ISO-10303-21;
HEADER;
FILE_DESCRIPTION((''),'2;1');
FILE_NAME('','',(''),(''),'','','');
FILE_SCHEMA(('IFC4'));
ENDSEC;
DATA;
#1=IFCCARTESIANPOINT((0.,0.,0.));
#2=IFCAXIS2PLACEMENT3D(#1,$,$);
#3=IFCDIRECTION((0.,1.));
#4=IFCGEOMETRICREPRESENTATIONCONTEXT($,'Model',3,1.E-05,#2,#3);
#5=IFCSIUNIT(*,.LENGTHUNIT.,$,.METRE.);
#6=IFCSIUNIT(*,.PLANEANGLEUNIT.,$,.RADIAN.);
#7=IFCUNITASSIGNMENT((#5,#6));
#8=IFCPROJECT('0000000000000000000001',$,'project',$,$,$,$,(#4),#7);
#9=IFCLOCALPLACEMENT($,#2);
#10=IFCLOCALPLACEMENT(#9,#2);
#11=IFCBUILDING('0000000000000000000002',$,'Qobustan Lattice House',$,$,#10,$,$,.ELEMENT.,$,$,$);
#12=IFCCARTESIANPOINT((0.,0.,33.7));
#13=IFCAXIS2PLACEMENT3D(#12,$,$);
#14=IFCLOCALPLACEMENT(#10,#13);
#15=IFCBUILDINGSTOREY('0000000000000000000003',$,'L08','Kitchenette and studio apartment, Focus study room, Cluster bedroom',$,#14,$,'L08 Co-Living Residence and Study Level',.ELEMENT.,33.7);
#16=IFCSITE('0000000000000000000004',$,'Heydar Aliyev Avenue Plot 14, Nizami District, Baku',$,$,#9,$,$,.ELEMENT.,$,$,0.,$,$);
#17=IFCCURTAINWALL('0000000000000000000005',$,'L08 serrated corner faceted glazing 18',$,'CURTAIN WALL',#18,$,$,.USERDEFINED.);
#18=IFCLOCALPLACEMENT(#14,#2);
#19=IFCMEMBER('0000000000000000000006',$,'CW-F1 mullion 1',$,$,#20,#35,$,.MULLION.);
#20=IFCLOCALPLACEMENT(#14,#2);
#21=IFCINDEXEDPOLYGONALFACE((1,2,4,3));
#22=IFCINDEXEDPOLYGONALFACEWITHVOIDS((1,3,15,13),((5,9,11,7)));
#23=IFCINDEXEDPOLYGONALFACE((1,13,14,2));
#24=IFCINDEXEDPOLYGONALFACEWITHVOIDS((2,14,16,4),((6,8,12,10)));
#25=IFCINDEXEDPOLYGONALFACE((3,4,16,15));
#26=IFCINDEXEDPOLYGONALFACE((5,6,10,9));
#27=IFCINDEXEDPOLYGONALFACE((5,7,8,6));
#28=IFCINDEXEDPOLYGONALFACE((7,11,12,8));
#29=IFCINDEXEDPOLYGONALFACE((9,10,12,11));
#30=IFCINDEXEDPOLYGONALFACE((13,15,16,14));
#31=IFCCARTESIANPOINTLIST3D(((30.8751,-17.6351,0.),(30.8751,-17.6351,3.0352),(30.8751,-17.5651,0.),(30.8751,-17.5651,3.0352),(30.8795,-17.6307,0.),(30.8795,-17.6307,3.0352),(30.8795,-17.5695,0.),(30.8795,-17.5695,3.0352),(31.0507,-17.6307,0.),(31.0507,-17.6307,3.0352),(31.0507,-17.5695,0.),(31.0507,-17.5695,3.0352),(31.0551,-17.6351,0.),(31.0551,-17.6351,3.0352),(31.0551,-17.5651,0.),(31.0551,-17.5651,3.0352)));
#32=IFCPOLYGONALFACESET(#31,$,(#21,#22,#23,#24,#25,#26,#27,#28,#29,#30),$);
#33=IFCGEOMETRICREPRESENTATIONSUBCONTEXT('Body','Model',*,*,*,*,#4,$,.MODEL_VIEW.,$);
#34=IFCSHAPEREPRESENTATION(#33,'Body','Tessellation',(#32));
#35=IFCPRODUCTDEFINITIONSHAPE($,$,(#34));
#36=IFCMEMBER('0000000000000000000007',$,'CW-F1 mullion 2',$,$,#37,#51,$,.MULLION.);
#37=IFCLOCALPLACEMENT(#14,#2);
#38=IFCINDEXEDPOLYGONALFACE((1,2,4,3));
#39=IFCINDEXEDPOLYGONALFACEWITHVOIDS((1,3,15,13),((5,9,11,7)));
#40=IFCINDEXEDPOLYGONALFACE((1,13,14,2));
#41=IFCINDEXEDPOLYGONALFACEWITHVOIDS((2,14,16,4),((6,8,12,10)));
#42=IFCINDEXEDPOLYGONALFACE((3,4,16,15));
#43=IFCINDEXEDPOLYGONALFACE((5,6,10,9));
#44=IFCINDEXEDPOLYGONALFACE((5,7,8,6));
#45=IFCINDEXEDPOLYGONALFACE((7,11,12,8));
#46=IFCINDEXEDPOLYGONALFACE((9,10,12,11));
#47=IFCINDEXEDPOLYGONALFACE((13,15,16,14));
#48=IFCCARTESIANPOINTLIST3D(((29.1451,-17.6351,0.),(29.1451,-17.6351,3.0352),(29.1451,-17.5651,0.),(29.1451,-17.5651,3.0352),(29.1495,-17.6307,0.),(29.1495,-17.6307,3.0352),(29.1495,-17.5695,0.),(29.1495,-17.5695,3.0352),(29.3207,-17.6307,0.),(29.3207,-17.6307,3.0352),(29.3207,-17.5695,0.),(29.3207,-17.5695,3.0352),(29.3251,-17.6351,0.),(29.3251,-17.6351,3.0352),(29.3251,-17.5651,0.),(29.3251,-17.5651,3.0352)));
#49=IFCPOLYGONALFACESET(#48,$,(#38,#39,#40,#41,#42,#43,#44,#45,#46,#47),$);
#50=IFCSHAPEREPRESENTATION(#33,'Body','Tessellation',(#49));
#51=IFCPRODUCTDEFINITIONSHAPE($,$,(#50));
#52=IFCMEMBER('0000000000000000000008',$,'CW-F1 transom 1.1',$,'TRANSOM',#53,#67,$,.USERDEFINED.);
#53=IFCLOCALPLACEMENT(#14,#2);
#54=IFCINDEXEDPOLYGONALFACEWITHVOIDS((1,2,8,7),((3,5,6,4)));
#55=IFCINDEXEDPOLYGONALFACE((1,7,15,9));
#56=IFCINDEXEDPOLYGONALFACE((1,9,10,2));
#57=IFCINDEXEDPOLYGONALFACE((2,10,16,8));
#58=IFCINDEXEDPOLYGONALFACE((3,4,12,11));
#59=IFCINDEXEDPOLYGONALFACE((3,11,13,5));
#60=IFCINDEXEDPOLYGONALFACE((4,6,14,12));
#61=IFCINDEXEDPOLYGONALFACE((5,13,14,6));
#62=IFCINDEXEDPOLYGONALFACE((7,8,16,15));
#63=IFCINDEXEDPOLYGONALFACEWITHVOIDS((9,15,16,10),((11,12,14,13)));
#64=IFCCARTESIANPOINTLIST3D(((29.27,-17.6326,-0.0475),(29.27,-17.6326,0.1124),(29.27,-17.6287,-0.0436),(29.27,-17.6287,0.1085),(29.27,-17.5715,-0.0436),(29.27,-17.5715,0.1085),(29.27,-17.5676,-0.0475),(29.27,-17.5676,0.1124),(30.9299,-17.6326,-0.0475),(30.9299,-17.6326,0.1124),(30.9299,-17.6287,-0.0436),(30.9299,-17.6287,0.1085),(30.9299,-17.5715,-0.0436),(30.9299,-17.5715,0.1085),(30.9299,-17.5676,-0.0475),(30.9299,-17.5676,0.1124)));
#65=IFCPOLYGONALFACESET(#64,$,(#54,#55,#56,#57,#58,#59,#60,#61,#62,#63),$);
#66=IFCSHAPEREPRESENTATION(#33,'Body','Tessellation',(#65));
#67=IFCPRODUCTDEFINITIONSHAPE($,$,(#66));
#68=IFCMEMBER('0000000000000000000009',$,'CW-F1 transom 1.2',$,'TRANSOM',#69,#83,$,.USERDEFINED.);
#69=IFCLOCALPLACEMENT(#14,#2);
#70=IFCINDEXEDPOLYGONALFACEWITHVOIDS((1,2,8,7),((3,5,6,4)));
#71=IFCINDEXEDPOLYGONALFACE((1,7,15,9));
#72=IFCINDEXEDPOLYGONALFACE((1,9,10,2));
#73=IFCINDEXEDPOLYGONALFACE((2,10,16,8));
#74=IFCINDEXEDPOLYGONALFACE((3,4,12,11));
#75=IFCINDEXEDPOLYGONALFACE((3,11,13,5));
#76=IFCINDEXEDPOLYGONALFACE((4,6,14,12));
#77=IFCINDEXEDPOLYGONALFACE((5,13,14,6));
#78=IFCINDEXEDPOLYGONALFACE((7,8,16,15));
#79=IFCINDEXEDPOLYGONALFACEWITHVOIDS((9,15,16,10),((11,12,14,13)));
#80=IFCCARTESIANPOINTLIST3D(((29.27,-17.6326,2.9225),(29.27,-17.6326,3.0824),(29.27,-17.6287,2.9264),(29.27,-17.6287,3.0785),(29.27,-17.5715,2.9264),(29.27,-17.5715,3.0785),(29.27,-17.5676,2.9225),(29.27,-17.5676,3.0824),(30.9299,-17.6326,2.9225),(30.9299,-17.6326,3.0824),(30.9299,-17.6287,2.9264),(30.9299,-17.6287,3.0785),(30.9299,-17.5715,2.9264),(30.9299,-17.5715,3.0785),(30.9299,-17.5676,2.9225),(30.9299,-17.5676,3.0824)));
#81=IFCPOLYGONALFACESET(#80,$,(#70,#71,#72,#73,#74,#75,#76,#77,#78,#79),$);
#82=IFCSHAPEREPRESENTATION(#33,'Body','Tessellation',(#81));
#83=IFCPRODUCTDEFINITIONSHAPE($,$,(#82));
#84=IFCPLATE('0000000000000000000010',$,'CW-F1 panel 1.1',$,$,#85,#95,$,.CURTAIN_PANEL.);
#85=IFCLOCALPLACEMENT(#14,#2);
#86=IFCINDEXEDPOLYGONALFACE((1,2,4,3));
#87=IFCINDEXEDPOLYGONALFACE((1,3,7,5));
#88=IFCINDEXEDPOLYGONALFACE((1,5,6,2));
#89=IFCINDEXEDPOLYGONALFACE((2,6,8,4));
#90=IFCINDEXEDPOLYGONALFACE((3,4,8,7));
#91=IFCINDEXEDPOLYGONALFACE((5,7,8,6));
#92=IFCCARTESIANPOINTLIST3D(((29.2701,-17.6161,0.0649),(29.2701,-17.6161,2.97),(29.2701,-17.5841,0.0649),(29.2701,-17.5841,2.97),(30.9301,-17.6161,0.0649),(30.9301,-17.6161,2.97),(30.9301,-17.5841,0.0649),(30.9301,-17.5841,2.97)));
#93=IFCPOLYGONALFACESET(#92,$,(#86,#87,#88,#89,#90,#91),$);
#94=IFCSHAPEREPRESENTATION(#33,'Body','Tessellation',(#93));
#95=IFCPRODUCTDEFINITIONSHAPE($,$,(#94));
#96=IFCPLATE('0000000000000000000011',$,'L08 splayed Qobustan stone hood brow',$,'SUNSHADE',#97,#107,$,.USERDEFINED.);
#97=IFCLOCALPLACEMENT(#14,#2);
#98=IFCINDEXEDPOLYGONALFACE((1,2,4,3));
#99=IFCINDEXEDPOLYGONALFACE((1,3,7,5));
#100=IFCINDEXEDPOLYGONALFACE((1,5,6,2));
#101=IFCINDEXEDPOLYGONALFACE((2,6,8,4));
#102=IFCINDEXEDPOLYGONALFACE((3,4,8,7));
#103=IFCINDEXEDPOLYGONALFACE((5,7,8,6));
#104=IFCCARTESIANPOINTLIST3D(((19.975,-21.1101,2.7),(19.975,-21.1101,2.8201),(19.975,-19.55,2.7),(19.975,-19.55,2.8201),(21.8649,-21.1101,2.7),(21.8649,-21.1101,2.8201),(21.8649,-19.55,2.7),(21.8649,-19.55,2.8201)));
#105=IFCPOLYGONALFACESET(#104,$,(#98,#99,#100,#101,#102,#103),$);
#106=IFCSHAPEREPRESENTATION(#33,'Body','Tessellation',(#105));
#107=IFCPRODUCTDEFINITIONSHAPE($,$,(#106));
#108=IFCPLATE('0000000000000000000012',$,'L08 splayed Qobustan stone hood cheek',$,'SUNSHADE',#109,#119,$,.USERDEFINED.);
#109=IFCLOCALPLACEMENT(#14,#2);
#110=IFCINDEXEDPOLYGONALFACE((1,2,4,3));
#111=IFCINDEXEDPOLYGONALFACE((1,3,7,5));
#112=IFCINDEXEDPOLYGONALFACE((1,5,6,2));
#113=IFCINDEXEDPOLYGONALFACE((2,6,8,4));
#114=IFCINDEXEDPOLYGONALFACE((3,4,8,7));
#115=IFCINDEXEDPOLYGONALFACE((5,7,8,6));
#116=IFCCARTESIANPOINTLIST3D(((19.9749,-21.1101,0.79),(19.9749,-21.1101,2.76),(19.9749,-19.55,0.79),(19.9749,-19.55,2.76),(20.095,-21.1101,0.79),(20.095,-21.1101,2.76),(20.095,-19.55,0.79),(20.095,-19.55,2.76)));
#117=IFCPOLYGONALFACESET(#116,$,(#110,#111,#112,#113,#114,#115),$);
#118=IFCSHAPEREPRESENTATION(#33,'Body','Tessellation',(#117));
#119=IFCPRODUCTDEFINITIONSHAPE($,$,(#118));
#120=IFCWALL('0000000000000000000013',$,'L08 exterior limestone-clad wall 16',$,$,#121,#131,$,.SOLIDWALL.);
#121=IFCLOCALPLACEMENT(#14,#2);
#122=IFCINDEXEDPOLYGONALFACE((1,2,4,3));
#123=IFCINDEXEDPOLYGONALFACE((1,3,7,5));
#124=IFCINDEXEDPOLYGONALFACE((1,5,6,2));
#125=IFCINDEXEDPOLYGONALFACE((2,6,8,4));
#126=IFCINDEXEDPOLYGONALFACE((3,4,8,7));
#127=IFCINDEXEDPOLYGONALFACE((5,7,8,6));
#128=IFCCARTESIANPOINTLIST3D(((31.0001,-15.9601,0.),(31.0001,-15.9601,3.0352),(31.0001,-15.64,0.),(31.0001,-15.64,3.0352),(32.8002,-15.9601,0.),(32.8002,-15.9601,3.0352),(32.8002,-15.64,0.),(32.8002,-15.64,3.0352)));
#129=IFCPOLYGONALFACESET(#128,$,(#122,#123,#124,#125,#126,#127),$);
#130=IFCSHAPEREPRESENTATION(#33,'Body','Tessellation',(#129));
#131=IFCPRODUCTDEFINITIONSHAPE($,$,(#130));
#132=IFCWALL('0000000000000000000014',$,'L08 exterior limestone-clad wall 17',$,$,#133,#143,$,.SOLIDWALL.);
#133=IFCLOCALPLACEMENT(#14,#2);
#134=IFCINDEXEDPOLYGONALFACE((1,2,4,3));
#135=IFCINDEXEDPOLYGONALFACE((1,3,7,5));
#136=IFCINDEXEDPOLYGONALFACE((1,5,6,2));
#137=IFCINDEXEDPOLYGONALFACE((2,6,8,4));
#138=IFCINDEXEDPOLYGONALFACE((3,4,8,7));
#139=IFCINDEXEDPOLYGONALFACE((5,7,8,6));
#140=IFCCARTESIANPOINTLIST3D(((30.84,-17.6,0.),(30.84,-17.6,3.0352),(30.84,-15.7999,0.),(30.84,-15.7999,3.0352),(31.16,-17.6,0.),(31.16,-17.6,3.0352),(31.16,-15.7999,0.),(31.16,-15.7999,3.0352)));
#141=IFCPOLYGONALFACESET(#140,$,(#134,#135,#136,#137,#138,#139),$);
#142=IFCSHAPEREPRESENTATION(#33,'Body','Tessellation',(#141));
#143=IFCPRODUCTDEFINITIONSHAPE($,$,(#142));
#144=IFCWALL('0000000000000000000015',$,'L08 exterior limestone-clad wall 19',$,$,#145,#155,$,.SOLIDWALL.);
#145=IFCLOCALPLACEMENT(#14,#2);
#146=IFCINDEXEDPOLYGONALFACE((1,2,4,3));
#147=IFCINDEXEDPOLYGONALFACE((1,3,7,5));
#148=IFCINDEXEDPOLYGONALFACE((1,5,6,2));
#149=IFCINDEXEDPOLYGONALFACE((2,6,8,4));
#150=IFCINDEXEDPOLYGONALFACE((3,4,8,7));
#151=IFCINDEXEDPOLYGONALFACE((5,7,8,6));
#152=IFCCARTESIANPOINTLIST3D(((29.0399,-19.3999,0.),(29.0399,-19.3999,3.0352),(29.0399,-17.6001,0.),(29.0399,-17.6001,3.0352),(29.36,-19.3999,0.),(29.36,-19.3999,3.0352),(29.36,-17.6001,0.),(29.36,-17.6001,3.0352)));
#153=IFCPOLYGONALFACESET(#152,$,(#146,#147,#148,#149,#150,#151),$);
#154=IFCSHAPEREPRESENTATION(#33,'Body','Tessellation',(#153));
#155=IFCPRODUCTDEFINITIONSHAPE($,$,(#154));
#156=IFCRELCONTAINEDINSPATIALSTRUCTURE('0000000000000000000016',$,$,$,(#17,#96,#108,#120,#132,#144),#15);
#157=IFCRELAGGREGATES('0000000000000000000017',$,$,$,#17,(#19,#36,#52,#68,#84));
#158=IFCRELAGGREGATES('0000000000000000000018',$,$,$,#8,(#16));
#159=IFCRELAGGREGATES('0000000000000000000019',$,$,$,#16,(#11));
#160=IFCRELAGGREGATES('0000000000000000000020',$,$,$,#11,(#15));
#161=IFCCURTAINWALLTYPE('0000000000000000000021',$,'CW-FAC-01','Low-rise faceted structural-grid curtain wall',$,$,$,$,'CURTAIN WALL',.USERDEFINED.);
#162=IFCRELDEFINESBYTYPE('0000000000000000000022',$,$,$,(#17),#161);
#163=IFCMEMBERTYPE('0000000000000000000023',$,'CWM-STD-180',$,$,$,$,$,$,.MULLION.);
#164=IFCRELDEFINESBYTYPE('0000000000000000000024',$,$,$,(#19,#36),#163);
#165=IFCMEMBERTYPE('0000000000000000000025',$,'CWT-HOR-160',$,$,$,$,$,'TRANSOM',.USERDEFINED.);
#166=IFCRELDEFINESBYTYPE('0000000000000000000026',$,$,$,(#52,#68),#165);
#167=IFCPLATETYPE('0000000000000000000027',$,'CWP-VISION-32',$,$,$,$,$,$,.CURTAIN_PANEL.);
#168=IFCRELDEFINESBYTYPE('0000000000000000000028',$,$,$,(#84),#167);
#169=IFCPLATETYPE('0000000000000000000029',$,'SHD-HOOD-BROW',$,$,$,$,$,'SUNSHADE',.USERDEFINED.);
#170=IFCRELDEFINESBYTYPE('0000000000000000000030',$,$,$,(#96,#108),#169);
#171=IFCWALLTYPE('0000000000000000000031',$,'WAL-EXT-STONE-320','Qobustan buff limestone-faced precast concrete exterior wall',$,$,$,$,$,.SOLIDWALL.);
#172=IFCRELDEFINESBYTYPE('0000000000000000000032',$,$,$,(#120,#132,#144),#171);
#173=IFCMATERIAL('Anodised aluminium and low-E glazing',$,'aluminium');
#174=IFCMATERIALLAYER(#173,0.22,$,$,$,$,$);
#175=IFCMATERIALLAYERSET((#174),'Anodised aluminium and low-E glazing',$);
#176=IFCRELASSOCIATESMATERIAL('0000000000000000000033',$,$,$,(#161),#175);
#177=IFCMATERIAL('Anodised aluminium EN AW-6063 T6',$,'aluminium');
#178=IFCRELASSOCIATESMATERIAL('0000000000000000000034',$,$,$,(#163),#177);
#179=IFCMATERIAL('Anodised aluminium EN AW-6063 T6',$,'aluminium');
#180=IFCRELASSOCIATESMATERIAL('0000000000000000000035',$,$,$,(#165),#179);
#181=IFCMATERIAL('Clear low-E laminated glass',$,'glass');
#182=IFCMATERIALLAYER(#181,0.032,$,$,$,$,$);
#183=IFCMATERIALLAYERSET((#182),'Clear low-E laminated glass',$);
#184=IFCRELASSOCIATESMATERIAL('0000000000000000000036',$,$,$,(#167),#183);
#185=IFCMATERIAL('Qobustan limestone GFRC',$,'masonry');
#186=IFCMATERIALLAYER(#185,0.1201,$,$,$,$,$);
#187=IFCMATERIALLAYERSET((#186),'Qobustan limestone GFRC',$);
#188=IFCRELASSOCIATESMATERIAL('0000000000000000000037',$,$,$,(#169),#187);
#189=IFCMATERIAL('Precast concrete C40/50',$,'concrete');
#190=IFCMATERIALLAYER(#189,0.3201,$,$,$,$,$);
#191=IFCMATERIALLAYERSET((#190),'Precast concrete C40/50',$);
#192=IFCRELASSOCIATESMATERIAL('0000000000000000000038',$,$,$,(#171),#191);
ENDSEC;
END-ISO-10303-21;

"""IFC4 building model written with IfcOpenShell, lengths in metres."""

from ifc_helpers import new_model, si_unit, direction, frame, frame_2d, origin, origin_2d, place, context, subcontext, project, spatial, rectangle, hollow_rectangle, extrude, material, layer, layer_set, material_profile, profile_set, type_object, element, aggregate, save


model = new_model("IFC4")

# Units and contexts
model_context = context("Model", 3, precision=1e-05, world=origin(), true_north=direction((0.0, 1.0)))
body_context = subcontext(model_context, "Body", "Model", "MODEL_VIEW")
ifc_project = project(units=[si_unit("LENGTHUNIT", "METRE"), si_unit("PLANEANGLEUNIT", "RADIAN")], contexts=[model_context])

# Site, building, storey
site_placement = place(None, origin())
site = spatial("IfcSite", under=ifc_project, at=site_placement, Name="Heydar Aliyev Avenue Plot 14, Nizami District, Baku", CompositionType="ELEMENT", RefElevation=0.0)
building_placement = place(site_placement, origin())
building = spatial("IfcBuilding", under=site, at=building_placement, Name="Qobustan Lattice House", CompositionType="ELEMENT")
storey_placement = place(building_placement, frame((0.0, 0.0, 33.7)))
storey = spatial("IfcBuildingStorey", under=building, at=storey_placement, Name="L08", Description="Kitchenette and studio apartment, Focus study room, Cluster bedroom", LongName="L08 Co-Living Residence and Study Level", CompositionType="ELEMENT", Elevation=33.7)

# Curtain wall, members, plate
ifc_material_1 = material(Name="Anodised aluminium and low-E glazing", Category="aluminium")
ifc_layer_1 = layer(ifc_material_1, 0.22)
ifc_layer_set_1 = layer_set([ifc_layer_1], Name="Anodised aluminium and low-E glazing")
curtain_wall_type = type_object("IfcCurtainWallType", Name="CW-FAC-01", Description="Low-rise faceted structural-grid curtain wall", ElementType="CURTAIN WALL", PredefinedType="USERDEFINED", material=ifc_layer_set_1)
curtain_wall_placement = place(storey_placement, origin())
curtain_wall = element("IfcCurtainWall", 1, at=curtain_wall_placement, inside=storey, type_object=curtain_wall_type, Name="L08 serrated corner faceted glazing 18", ObjectType="CURTAIN WALL", PredefinedType="USERDEFINED")
ifc_material_2 = material(Name="Anodised aluminium EN AW-6063 T6", Category="aluminium")
ifc_material_profile_1 = material_profile(ifc_material_2, hollow_rectangle(XDim=0.0701, YDim=0.1799, WallThickness=0.0044, at=origin_2d()), Name="CWM-180x70")
ifc_profile_set_1 = profile_set([ifc_material_profile_1], Name="Anodised aluminium EN AW-6063 T6")
member_type_1 = type_object("IfcMemberType", Name="CWM-STD-180", PredefinedType="MULLION", material=ifc_profile_set_1)
member_1_placement = place(storey_placement, frame((30.9651, -17.6001, 0.0), z_axis=(0.0, 0.0, 1.0), x_axis=(0.0, -1.0, 0.0)))
member_1 = element("IfcMember", 2, at=member_1_placement, type_object=member_type_1, Name="CW-F1 mullion 1", PredefinedType="MULLION", context=body_context, shape_type="SweptSolid", body=[
    extrude(hollow_rectangle(XDim=0.0701, YDim=0.1799, WallThickness=0.0044, at=origin_2d()), origin(), (0.0, 0.0, 1.0), 3.0352),
])
member_2_placement = place(storey_placement, frame((29.2351, -17.6001, 0.0), z_axis=(0.0, 0.0, 1.0), x_axis=(0.0, -1.0, 0.0)))
member_2 = element("IfcMember", 3, at=member_2_placement, type_object=member_type_1, Name="CW-F1 mullion 2", PredefinedType="MULLION", context=body_context, shape_type="SweptSolid", body=[
    extrude(hollow_rectangle(XDim=0.0701, YDim=0.1799, WallThickness=0.0044, at=origin_2d()), origin(), (0.0, 0.0, 1.0), 3.0352),
])
ifc_material_3 = material(Name="Anodised aluminium EN AW-6063 T6", Category="aluminium")
ifc_material_profile_2 = material_profile(ifc_material_3, hollow_rectangle(XDim=0.0649, YDim=0.1599, WallThickness=0.0039, at=origin_2d()), Name="CWT-160x65")
ifc_profile_set_2 = profile_set([ifc_material_profile_2], Name="Anodised aluminium EN AW-6063 T6")
member_type_2 = type_object("IfcMemberType", Name="CWT-HOR-160", ElementType="TRANSOM", PredefinedType="USERDEFINED", material=ifc_profile_set_2)
member_3_placement = place(storey_placement, frame((30.9299, -17.6001, 0.0325), z_axis=(-1.0, 0.0, 0.0), x_axis=(0.0, -1.0, 0.0)))
member_3 = element("IfcMember", 4, at=member_3_placement, type_object=member_type_2, Name="CW-F1 transom 1.1", ObjectType="TRANSOM", PredefinedType="USERDEFINED", context=body_context, shape_type="SweptSolid", body=[
    extrude(hollow_rectangle(XDim=0.0649, YDim=0.1599, WallThickness=0.0039, at=origin_2d()), origin(), (0.0, 0.0, 1.0), 1.6599),
])
member_4_placement = place(storey_placement, frame((30.9299, -17.6001, 3.0024), z_axis=(-1.0, 0.0, 0.0), x_axis=(0.0, -1.0, 0.0)))
member_4 = element("IfcMember", 5, at=member_4_placement, type_object=member_type_2, Name="CW-F1 transom 1.2", ObjectType="TRANSOM", PredefinedType="USERDEFINED", context=body_context, shape_type="SweptSolid", body=[
    extrude(hollow_rectangle(XDim=0.0649, YDim=0.1599, WallThickness=0.0039, at=origin_2d()), origin(), (0.0, 0.0, 1.0), 1.6599),
])
ifc_material_4 = material(Name="Clear low-E laminated glass", Category="glass")
ifc_layer_2 = layer(ifc_material_4, 0.032)
ifc_layer_set_2 = layer_set([ifc_layer_2], Name="Clear low-E laminated glass")
plate_type_1 = type_object("IfcPlateType", Name="CWP-VISION-32", PredefinedType="CURTAIN_PANEL", material=ifc_layer_set_2)
plate_1_placement = place(storey_placement, frame((30.1001, -17.6001, 0.0649), z_axis=(0.0, 0.0, 1.0), x_axis=(-1.0, 0.0, 0.0)))
plate_1 = element("IfcPlate", 6, at=plate_1_placement, type_object=plate_type_1, Name="CW-F1 panel 1.1", PredefinedType="CURTAIN_PANEL", context=body_context, shape_type="SweptSolid", body=[
    extrude(rectangle(XDim=1.6599, YDim=0.032, at=origin_2d()), origin(), (0.0, 0.0, 1.0), 2.905),
])
aggregate(curtain_wall, [member_1, member_2, member_3, member_4, plate_1])

# Plates
ifc_material_5 = material(Name="Qobustan limestone GFRC", Category="masonry")
ifc_layer_3 = layer(ifc_material_5, 0.1201)
ifc_layer_set_3 = layer_set([ifc_layer_3], Name="Qobustan limestone GFRC")
plate_type_2 = type_object("IfcPlateType", Name="SHD-HOOD-BROW", ElementType="SUNSHADE", PredefinedType="USERDEFINED", material=ifc_layer_set_3)
plate_2_placement = place(storey_placement, frame((20.9199, -20.3301, 2.7), z_axis=(0.0, 0.0, 1.0), x_axis=(-1.0, 0.0, 0.0)))
element("IfcPlate", 7, at=plate_2_placement, inside=storey, type_object=plate_type_2, Name="L08 splayed Qobustan stone hood brow", ObjectType="SUNSHADE", PredefinedType="USERDEFINED", context=body_context, shape_type="SweptSolid", body=[
    extrude(rectangle(XDim=1.8899, YDim=1.5601, at=origin_2d()), origin(), (0.0, 0.0, 1.0), 0.1201),
])
plate_3_placement = place(storey_placement, frame((20.0349, -20.3301, 0.79), z_axis=(0.0, 0.0, 1.0), x_axis=(-1.0, 0.0, 0.0)))
element("IfcPlate", 8, at=plate_3_placement, inside=storey, type_object=plate_type_2, Name="L08 splayed Qobustan stone hood cheek", ObjectType="SUNSHADE", PredefinedType="USERDEFINED", context=body_context, shape_type="SweptSolid", body=[
    extrude(rectangle(XDim=0.1201, YDim=1.5601, at=origin_2d()), origin(), (0.0, 0.0, 1.0), 1.97),
])

# Walls
ifc_material_6 = material(Name="Precast concrete C40/50", Category="concrete")
ifc_layer_4 = layer(ifc_material_6, 0.3201)
ifc_layer_set_4 = layer_set([ifc_layer_4], Name="Precast concrete C40/50")
wall_type = type_object("IfcWallType", Name="WAL-EXT-STONE-320", Description="Qobustan buff limestone-faced precast concrete exterior wall", PredefinedType="SOLIDWALL", material=ifc_layer_set_4)
for number, where, z_axis, x_axis, name in (
    (9, (32.8, -15.8, 0.0), (0.0, 0.0, 1.0), (-1.0, 0.0, 0.0), "L08 exterior limestone-clad wall 16"),
    (10, (31.0, -15.8, 0.0), (0.0, 0.0, 1.0), (0.0, -1.0, 0.0), "L08 exterior limestone-clad wall 17"),
):
    element("IfcWall", number, at=place(storey_placement, frame(where, z_axis=z_axis, x_axis=x_axis)), inside=storey, type_object=wall_type, Name=name, PredefinedType="SOLIDWALL", context=body_context, shape_type="SweptSolid", body=[
        extrude(rectangle(XDim=1.8, YDim=0.3201, at=frame_2d((0.8999, 0.0))), origin(), (0.0, 0.0, 1.0), 3.0352),
    ])
wall_1_placement = place(storey_placement, frame((29.2, -17.6001, 0.0), z_axis=(0.0, 0.0, 1.0), x_axis=(0.0, -1.0, 0.0)))
element("IfcWall", 11, at=wall_1_placement, inside=storey, type_object=wall_type, Name="L08 exterior limestone-clad wall 19", PredefinedType="SOLIDWALL", context=body_context, shape_type="SweptSolid", body=[
    extrude(rectangle(XDim=1.7998, YDim=0.3201, at=frame_2d((0.8999, 0.0))), origin(), (0.0, 0.0, 1.0), 3.0352),
])

save(model, "model.ifc")
